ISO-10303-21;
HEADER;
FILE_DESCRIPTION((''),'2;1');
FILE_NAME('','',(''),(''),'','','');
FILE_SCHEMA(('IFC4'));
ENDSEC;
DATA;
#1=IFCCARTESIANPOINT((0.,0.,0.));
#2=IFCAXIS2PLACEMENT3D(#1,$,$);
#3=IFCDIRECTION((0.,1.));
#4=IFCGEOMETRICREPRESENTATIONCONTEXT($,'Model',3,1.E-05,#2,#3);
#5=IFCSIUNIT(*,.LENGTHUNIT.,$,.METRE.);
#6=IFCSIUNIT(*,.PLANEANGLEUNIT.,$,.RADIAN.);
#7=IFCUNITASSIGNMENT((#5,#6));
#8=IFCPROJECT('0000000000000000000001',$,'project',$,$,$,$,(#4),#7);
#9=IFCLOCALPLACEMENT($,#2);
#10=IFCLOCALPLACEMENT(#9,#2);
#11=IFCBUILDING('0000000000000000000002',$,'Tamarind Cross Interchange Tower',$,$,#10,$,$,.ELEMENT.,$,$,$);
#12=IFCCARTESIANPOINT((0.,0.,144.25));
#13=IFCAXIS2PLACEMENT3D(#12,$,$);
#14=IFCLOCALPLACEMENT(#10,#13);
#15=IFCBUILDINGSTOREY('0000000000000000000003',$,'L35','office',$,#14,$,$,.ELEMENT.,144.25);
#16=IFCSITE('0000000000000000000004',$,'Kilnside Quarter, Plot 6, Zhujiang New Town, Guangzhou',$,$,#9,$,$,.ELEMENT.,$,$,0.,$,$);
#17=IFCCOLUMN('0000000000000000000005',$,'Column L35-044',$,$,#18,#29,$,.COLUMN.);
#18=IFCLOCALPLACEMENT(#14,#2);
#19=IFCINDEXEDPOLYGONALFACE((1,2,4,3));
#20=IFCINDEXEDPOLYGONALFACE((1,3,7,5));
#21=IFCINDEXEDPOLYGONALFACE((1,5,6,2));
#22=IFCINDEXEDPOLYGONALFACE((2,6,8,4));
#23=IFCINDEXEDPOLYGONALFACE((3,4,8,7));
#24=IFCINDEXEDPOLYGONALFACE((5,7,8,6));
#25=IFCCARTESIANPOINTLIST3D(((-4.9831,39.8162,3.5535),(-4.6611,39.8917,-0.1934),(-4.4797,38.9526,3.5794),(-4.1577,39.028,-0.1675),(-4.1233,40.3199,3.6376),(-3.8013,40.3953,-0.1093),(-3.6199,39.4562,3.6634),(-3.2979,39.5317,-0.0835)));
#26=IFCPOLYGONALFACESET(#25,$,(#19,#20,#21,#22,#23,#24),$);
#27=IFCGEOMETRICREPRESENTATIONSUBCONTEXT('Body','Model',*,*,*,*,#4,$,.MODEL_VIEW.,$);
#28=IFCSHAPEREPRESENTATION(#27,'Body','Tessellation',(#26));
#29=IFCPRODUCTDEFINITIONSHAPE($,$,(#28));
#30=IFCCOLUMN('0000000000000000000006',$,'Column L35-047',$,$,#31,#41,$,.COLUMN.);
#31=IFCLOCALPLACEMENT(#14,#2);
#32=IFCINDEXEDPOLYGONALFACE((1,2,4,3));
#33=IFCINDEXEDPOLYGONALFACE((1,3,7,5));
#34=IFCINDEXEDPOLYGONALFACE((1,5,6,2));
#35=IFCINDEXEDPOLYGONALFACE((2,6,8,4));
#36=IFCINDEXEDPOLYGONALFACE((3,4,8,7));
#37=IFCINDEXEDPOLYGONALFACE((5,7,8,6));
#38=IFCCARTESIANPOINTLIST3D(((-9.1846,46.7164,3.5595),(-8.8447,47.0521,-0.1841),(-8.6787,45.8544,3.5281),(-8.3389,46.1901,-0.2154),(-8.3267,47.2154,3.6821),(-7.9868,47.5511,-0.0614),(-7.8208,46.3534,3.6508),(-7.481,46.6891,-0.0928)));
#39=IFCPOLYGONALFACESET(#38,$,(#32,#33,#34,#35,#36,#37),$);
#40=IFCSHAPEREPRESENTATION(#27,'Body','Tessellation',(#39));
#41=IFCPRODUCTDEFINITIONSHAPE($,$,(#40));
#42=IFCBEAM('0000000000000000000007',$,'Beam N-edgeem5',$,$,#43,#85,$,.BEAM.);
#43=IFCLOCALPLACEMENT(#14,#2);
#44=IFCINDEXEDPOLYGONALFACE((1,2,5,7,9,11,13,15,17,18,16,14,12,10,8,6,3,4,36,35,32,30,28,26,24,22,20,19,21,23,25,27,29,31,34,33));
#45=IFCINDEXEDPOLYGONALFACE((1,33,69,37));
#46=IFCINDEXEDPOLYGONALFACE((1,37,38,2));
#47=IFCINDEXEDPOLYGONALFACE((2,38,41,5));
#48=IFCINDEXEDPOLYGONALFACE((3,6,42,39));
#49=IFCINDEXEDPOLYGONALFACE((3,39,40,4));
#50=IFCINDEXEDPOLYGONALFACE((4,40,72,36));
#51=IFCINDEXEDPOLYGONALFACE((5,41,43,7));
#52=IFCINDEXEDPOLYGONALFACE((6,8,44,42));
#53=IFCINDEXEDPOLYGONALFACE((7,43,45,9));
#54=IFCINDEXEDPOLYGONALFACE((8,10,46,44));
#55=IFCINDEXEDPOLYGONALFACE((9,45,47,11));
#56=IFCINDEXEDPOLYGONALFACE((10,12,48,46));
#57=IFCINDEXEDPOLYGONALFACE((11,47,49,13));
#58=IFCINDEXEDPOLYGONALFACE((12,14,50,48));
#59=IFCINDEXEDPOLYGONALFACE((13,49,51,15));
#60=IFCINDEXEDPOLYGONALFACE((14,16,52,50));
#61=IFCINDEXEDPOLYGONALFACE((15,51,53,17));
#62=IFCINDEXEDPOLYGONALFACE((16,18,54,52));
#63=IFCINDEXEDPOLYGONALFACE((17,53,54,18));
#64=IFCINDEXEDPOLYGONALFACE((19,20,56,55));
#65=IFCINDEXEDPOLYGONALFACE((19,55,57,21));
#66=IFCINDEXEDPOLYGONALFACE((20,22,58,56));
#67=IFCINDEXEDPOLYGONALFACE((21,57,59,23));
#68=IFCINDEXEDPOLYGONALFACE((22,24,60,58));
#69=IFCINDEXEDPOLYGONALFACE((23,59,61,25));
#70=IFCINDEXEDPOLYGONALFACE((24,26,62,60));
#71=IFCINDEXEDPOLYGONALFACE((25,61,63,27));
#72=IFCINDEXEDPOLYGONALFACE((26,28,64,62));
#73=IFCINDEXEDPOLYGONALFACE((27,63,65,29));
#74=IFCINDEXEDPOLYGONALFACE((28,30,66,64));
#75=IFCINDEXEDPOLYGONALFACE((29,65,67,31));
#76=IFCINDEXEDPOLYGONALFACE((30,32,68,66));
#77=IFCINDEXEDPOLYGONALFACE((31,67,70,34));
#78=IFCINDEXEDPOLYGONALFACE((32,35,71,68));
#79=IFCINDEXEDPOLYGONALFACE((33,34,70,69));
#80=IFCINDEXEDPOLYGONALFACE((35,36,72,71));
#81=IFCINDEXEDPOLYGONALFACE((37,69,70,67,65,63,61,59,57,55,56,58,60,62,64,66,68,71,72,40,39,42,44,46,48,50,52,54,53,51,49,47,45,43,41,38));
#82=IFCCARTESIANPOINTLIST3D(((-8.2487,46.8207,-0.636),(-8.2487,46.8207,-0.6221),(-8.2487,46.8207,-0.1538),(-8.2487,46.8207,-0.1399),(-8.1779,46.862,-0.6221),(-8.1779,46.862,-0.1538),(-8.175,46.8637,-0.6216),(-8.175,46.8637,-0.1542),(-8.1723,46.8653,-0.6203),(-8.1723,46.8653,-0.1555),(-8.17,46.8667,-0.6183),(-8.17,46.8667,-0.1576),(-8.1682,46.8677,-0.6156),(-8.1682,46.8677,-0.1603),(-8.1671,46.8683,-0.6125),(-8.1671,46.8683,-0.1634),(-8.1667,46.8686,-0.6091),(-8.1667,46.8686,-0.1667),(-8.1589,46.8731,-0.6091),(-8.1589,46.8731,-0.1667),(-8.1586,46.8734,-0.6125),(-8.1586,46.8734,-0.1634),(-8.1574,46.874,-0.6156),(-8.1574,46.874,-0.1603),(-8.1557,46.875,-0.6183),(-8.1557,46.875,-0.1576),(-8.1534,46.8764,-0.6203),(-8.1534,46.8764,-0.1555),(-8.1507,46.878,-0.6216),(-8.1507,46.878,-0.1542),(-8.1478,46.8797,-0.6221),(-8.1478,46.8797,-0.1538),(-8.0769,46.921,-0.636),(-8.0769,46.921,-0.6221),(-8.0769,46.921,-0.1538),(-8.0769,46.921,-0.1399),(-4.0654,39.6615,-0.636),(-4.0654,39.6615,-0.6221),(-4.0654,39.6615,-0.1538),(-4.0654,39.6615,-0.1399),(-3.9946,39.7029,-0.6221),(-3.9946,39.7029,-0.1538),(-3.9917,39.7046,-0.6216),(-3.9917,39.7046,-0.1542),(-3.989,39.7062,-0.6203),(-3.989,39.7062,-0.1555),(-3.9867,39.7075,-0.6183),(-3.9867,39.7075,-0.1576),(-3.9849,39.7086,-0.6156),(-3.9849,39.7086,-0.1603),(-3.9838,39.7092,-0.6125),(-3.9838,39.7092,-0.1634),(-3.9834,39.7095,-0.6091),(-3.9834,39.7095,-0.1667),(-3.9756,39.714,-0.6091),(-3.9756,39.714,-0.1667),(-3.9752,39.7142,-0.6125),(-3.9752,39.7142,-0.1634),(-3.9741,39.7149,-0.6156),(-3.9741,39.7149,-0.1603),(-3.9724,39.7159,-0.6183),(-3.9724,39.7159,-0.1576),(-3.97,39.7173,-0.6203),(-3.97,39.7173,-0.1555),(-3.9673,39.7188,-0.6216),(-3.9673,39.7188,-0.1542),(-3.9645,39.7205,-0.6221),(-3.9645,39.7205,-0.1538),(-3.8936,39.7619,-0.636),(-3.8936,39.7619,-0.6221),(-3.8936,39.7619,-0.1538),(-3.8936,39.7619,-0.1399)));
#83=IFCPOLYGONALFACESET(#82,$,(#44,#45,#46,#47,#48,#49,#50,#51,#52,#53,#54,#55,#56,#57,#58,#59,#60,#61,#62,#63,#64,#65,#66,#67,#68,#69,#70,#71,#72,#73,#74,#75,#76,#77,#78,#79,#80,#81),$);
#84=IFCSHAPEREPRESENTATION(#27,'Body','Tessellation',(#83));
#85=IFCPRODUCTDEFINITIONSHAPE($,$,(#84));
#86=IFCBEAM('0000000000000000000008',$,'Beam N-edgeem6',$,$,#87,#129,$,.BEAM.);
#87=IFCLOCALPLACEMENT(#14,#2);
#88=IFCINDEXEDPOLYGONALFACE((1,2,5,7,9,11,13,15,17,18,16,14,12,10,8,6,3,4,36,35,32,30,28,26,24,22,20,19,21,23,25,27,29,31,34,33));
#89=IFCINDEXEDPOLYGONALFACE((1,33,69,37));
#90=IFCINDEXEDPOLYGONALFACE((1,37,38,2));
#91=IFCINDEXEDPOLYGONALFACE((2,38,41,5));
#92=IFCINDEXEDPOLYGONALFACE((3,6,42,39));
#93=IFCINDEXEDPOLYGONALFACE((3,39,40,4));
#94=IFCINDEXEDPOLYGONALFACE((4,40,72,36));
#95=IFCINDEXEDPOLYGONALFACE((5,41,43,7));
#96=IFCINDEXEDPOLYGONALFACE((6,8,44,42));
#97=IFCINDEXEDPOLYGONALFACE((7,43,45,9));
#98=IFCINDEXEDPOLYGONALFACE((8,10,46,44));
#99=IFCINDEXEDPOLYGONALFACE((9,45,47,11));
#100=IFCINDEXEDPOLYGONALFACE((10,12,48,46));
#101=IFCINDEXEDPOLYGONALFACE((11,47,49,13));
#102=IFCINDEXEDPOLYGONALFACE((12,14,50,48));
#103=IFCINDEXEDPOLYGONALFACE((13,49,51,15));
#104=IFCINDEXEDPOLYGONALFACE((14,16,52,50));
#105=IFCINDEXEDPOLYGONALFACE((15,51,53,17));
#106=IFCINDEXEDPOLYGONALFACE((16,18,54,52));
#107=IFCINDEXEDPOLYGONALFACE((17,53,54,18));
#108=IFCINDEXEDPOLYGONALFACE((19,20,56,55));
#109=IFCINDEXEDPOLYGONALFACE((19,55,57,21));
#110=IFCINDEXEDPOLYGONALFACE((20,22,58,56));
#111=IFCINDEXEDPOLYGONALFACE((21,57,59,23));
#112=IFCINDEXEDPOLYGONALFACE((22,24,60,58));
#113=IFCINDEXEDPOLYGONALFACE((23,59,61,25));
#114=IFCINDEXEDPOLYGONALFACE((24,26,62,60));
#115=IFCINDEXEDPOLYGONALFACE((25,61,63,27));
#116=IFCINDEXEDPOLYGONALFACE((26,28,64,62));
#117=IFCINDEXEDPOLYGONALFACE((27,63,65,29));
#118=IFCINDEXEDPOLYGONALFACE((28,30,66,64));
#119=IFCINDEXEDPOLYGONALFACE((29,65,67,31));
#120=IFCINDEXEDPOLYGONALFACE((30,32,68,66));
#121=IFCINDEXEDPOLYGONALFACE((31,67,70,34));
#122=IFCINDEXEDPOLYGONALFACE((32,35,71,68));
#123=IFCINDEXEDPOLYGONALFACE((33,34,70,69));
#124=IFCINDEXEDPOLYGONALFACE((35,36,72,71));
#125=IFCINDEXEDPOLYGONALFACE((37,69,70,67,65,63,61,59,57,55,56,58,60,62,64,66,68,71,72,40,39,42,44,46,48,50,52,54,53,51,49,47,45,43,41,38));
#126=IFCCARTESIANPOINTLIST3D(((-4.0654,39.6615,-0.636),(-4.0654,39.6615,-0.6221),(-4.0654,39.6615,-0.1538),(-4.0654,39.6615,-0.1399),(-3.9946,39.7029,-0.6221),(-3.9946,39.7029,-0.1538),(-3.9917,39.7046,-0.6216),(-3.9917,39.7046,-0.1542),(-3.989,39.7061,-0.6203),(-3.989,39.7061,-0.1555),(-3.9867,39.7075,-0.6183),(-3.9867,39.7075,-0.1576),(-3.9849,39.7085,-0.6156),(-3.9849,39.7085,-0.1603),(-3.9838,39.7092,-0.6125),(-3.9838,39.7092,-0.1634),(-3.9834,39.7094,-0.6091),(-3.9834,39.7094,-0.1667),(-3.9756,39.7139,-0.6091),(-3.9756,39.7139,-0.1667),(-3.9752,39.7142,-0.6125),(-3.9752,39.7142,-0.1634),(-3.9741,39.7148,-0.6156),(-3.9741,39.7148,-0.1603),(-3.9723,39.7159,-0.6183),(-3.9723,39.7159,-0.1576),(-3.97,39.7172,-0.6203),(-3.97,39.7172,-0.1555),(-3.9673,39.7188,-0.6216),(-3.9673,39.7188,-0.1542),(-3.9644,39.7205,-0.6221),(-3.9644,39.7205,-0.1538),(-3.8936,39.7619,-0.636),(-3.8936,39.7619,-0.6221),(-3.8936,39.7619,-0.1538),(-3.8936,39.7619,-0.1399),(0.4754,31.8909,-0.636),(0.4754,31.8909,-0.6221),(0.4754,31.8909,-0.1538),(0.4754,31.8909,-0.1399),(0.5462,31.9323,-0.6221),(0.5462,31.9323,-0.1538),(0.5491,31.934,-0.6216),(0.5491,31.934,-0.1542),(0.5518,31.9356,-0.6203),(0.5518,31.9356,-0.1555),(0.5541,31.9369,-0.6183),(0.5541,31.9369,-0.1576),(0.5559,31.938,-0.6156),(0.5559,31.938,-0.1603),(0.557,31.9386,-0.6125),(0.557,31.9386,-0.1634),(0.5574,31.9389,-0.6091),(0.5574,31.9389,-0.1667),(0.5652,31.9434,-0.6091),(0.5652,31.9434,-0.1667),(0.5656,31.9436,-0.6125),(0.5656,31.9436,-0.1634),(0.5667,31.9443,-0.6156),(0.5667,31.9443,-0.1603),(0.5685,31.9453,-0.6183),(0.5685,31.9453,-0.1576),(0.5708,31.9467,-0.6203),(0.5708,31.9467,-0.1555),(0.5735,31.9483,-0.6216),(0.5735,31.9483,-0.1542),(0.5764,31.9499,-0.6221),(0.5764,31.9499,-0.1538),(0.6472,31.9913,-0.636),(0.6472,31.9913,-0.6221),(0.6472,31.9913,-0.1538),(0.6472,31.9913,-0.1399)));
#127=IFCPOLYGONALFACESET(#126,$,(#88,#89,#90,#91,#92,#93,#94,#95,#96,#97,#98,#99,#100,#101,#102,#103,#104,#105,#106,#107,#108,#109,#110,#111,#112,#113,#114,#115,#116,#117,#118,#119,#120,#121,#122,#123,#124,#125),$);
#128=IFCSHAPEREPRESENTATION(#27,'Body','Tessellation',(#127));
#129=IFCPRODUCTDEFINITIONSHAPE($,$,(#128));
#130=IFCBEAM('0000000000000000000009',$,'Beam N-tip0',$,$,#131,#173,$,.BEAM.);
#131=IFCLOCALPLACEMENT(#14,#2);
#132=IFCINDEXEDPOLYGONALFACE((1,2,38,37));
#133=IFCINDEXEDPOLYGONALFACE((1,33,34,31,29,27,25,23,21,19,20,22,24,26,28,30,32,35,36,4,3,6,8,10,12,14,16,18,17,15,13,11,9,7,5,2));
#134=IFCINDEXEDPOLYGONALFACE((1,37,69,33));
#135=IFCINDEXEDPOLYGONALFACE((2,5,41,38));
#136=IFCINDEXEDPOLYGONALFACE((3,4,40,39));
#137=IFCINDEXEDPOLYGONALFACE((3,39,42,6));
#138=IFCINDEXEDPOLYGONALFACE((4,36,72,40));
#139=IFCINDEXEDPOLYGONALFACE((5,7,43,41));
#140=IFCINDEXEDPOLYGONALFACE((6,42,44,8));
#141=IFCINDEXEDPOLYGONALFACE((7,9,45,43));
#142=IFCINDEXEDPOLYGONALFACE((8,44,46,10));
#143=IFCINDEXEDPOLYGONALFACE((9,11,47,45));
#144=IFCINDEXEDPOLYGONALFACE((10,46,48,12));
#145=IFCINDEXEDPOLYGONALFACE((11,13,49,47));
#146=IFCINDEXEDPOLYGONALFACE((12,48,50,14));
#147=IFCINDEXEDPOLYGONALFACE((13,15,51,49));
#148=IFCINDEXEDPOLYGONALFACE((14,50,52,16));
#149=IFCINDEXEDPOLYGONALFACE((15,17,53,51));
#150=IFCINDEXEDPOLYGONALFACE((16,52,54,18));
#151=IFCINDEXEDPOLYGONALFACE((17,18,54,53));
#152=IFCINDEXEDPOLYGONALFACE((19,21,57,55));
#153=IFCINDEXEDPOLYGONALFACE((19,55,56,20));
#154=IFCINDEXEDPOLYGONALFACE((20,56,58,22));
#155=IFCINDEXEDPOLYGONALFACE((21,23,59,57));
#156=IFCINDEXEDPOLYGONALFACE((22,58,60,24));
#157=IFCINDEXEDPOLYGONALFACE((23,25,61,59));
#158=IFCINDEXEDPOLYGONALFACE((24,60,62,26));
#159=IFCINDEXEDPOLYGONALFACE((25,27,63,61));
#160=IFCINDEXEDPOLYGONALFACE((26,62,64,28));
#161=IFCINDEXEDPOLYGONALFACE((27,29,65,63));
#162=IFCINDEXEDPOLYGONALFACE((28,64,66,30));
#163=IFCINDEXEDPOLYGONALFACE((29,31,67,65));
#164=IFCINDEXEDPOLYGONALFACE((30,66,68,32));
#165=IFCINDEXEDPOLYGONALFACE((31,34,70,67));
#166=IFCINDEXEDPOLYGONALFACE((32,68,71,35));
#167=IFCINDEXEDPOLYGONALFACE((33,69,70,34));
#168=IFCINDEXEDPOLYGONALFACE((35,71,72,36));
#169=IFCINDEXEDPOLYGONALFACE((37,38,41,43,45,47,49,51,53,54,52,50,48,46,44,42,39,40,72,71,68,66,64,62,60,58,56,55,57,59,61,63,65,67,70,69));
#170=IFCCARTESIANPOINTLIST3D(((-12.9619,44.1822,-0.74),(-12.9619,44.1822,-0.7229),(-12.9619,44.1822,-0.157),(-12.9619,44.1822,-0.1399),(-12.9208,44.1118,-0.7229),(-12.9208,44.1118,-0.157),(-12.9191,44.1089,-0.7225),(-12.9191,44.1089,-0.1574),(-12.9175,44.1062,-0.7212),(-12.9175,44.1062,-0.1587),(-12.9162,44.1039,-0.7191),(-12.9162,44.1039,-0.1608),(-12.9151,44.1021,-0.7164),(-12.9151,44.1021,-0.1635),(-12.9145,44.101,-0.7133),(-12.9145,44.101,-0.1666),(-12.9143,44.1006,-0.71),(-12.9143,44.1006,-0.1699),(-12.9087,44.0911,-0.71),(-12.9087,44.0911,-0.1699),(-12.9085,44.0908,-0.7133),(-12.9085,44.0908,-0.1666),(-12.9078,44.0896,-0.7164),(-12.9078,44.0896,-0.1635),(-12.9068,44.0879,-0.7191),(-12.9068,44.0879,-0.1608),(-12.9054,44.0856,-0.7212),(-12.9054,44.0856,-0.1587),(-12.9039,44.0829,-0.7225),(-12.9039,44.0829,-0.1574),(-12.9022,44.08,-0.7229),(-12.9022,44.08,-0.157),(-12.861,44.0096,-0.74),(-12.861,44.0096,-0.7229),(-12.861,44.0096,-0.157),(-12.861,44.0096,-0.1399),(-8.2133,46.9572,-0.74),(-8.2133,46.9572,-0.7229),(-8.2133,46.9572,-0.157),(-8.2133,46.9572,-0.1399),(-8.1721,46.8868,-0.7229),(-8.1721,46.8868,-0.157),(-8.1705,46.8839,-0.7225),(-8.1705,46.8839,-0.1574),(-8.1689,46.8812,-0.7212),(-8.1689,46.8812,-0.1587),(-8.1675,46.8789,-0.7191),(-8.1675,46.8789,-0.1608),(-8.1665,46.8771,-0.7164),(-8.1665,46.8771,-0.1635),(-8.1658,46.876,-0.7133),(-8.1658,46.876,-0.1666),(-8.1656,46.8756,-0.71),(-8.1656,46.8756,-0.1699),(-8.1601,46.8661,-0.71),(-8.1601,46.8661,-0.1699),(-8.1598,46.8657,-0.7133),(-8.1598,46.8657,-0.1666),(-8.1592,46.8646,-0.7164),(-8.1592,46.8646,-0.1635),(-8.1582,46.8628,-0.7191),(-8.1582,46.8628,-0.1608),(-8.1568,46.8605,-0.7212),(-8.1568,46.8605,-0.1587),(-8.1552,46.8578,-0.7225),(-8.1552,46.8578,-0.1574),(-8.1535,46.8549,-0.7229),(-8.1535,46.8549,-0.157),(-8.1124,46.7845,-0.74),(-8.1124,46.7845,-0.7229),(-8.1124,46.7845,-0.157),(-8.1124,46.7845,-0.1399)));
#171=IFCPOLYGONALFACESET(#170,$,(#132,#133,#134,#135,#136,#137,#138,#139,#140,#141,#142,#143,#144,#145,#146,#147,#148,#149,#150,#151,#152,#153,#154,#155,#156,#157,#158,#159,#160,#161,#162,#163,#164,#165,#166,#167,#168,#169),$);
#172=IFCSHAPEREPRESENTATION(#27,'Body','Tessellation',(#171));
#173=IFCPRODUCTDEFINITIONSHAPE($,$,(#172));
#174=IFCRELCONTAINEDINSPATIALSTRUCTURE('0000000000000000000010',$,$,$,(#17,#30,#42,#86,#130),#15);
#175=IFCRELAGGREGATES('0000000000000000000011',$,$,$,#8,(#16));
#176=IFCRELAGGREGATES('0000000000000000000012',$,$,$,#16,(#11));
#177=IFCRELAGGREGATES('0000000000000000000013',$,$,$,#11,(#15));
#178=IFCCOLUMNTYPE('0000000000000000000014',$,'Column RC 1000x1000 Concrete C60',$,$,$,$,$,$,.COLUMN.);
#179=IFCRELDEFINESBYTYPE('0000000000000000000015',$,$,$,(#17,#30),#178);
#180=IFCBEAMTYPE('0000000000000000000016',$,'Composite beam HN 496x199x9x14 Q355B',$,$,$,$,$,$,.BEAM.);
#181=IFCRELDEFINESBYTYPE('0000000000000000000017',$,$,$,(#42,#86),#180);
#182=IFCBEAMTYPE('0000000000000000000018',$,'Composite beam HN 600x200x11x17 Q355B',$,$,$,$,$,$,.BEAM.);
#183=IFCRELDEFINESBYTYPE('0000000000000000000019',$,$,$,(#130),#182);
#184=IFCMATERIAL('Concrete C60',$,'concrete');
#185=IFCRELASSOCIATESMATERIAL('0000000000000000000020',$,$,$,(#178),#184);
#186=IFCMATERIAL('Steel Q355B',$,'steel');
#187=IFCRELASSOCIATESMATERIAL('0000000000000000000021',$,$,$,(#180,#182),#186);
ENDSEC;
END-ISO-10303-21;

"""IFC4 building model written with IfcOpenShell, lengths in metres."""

from ifc_helpers import new_model, si_unit, direction, frame, origin, origin_2d, place, context, subcontext, project, spatial, rectangle, i_section, extrude, material, material_profile, profile_set, type_object, element, save


model = new_model("IFC4")

# Units and contexts
model_context = context("Model", 3, precision=1e-05, world=origin(), true_north=direction((0.0, 1.0)))
body_context = subcontext(model_context, "Body", "Model", "MODEL_VIEW")
ifc_project = project(units=[si_unit("LENGTHUNIT", "METRE"), si_unit("PLANEANGLEUNIT", "RADIAN")], contexts=[model_context])

# Site, building, storey
site_placement = place(None, origin())
site = spatial("IfcSite", under=ifc_project, at=site_placement, Name="Kilnside Quarter, Plot 6, Zhujiang New Town, Guangzhou", CompositionType="ELEMENT", RefElevation=0.0)
building_placement = place(site_placement, origin())
building = spatial("IfcBuilding", under=site, at=building_placement, Name="Tamarind Cross Interchange Tower", CompositionType="ELEMENT")
storey_placement = place(building_placement, frame((0.0, 0.0, 144.25)))
storey = spatial("IfcBuildingStorey", under=building, at=storey_placement, Name="L35", Description="office", CompositionType="ELEMENT", Elevation=144.25)

# Columns
ifc_material_1 = material(Name="Concrete C60", Category="concrete")
ifc_material_profile_1 = material_profile(ifc_material_1, rectangle(XDim=1.0, YDim=1.0, at=origin_2d()), Name="RC 1000x1000")
ifc_profile_set_1 = profile_set([ifc_material_profile_1], Name="Concrete C60")
column_type = type_object("IfcColumnType", Name="Column RC 1000x1000 Concrete C60", PredefinedType="COLUMN", material=ifc_profile_set_1)
column_1_placement = place(storey_placement, frame((-3.9795, 39.7117, -0.1384), z_axis=(-0.085612, -0.020056, 0.996127), x_axis=(0.503401, -0.863665, 0.025876)))
element("IfcColumn", 1, at=column_1_placement, inside=storey, type_object=column_type, Name="Column L35-044", PredefinedType="COLUMN", context=body_context, shape_type="SweptSolid", body=[
    extrude(rectangle(XDim=1.0, YDim=1.0, at=origin_2d()), origin(), (0.0, 0.0, 1.0), 3.7615),
])
column_2_placement = place(storey_placement, frame((-8.1628, 46.8706, -0.1384), z_axis=(-0.090049, -0.088949, 0.991957), x_axis=(0.857894, 0.498981, 0.122622)))
element("IfcColumn", 2, at=column_2_placement, inside=storey, type_object=column_type, Name="Column L35-047", PredefinedType="COLUMN", context=body_context, shape_type="SweptSolid", body=[
    extrude(rectangle(XDim=1.0, YDim=1.0, at=origin_2d()), origin(), (0.0, 0.0, 1.0), 3.7739),
])

# Beams
ifc_material_2 = material(Name="Steel Q355B", Category="steel")
ifc_material_profile_2 = material_profile(ifc_material_2, i_section(OverallWidth=0.199, OverallDepth=0.4961, WebThickness=0.009, FlangeThickness=0.0139, FilletRadius=0.0129, at=origin_2d()), Name="HN 496x199x9x14")
ifc_profile_set_2 = profile_set([ifc_material_profile_2], Name="Steel Q355B")
beam_type_1 = type_object("IfcBeamType", Name="Composite beam HN 496x199x9x14 Q355B", PredefinedType="BEAM", material=ifc_profile_set_2)
beam_1_placement = place(storey_placement, frame((-8.1628, 46.8708, -0.3879), z_axis=(0.504515, -0.863403, 0.0), x_axis=(0.863403, 0.504515, 0.0)))
element("IfcBeam", 3, at=beam_1_placement, inside=storey, type_object=beam_type_1, Name="Beam N-edgeem5", PredefinedType="BEAM", context=body_context, shape_type="SweptSolid", body=[
    extrude(i_section(OverallWidth=0.199, OverallDepth=0.4961, WebThickness=0.009, FlangeThickness=0.0139, FilletRadius=0.0129, at=origin_2d()), origin(), (0.0, 0.0, 1.0), 8.2917),
])
beam_2_placement = place(storey_placement, frame((-3.9795, 39.7117, -0.3879), z_axis=(0.504532, -0.863393, 0.0), x_axis=(0.863393, 0.504532, 0.0)))
element("IfcBeam", 4, at=beam_2_placement, inside=storey, type_object=beam_type_1, Name="Beam N-edgeem6", PredefinedType="BEAM", context=body_context, shape_type="SweptSolid", body=[
    extrude(i_section(OverallWidth=0.199, OverallDepth=0.4961, WebThickness=0.009, FlangeThickness=0.0139, FilletRadius=0.0129, at=origin_2d()), origin(), (0.0, 0.0, 1.0), 9.0),
])
ifc_material_profile_3 = material_profile(ifc_material_2, i_section(OverallWidth=0.2, OverallDepth=0.6001, WebThickness=0.011, FlangeThickness=0.0171, FilletRadius=0.0129, at=origin_2d()), Name="HN 600x200x11x17")
ifc_profile_set_3 = profile_set([ifc_material_profile_3], Name="Steel Q355B")
beam_type_2 = type_object("IfcBeamType", Name="Composite beam HN 600x200x11x17 Q355B", PredefinedType="BEAM", material=ifc_profile_set_3)
beam_3_placement = place(storey_placement, frame((-8.1628, 46.8708, -0.4399), z_axis=(-0.863389, -0.504539, 0.0), x_axis=(0.504539, -0.863389, 0.0)))
element("IfcBeam", 5, at=beam_3_placement, inside=storey, type_object=beam_type_2, Name="Beam N-tip0", PredefinedType="BEAM", context=body_context, shape_type="SweptSolid", body=[
    extrude(i_section(OverallWidth=0.2, OverallDepth=0.6001, WebThickness=0.011, FlangeThickness=0.0171, FilletRadius=0.0129, at=origin_2d()), origin(), (0.0, 0.0, 1.0), 5.5),
])

save(model, "model.ifc")
